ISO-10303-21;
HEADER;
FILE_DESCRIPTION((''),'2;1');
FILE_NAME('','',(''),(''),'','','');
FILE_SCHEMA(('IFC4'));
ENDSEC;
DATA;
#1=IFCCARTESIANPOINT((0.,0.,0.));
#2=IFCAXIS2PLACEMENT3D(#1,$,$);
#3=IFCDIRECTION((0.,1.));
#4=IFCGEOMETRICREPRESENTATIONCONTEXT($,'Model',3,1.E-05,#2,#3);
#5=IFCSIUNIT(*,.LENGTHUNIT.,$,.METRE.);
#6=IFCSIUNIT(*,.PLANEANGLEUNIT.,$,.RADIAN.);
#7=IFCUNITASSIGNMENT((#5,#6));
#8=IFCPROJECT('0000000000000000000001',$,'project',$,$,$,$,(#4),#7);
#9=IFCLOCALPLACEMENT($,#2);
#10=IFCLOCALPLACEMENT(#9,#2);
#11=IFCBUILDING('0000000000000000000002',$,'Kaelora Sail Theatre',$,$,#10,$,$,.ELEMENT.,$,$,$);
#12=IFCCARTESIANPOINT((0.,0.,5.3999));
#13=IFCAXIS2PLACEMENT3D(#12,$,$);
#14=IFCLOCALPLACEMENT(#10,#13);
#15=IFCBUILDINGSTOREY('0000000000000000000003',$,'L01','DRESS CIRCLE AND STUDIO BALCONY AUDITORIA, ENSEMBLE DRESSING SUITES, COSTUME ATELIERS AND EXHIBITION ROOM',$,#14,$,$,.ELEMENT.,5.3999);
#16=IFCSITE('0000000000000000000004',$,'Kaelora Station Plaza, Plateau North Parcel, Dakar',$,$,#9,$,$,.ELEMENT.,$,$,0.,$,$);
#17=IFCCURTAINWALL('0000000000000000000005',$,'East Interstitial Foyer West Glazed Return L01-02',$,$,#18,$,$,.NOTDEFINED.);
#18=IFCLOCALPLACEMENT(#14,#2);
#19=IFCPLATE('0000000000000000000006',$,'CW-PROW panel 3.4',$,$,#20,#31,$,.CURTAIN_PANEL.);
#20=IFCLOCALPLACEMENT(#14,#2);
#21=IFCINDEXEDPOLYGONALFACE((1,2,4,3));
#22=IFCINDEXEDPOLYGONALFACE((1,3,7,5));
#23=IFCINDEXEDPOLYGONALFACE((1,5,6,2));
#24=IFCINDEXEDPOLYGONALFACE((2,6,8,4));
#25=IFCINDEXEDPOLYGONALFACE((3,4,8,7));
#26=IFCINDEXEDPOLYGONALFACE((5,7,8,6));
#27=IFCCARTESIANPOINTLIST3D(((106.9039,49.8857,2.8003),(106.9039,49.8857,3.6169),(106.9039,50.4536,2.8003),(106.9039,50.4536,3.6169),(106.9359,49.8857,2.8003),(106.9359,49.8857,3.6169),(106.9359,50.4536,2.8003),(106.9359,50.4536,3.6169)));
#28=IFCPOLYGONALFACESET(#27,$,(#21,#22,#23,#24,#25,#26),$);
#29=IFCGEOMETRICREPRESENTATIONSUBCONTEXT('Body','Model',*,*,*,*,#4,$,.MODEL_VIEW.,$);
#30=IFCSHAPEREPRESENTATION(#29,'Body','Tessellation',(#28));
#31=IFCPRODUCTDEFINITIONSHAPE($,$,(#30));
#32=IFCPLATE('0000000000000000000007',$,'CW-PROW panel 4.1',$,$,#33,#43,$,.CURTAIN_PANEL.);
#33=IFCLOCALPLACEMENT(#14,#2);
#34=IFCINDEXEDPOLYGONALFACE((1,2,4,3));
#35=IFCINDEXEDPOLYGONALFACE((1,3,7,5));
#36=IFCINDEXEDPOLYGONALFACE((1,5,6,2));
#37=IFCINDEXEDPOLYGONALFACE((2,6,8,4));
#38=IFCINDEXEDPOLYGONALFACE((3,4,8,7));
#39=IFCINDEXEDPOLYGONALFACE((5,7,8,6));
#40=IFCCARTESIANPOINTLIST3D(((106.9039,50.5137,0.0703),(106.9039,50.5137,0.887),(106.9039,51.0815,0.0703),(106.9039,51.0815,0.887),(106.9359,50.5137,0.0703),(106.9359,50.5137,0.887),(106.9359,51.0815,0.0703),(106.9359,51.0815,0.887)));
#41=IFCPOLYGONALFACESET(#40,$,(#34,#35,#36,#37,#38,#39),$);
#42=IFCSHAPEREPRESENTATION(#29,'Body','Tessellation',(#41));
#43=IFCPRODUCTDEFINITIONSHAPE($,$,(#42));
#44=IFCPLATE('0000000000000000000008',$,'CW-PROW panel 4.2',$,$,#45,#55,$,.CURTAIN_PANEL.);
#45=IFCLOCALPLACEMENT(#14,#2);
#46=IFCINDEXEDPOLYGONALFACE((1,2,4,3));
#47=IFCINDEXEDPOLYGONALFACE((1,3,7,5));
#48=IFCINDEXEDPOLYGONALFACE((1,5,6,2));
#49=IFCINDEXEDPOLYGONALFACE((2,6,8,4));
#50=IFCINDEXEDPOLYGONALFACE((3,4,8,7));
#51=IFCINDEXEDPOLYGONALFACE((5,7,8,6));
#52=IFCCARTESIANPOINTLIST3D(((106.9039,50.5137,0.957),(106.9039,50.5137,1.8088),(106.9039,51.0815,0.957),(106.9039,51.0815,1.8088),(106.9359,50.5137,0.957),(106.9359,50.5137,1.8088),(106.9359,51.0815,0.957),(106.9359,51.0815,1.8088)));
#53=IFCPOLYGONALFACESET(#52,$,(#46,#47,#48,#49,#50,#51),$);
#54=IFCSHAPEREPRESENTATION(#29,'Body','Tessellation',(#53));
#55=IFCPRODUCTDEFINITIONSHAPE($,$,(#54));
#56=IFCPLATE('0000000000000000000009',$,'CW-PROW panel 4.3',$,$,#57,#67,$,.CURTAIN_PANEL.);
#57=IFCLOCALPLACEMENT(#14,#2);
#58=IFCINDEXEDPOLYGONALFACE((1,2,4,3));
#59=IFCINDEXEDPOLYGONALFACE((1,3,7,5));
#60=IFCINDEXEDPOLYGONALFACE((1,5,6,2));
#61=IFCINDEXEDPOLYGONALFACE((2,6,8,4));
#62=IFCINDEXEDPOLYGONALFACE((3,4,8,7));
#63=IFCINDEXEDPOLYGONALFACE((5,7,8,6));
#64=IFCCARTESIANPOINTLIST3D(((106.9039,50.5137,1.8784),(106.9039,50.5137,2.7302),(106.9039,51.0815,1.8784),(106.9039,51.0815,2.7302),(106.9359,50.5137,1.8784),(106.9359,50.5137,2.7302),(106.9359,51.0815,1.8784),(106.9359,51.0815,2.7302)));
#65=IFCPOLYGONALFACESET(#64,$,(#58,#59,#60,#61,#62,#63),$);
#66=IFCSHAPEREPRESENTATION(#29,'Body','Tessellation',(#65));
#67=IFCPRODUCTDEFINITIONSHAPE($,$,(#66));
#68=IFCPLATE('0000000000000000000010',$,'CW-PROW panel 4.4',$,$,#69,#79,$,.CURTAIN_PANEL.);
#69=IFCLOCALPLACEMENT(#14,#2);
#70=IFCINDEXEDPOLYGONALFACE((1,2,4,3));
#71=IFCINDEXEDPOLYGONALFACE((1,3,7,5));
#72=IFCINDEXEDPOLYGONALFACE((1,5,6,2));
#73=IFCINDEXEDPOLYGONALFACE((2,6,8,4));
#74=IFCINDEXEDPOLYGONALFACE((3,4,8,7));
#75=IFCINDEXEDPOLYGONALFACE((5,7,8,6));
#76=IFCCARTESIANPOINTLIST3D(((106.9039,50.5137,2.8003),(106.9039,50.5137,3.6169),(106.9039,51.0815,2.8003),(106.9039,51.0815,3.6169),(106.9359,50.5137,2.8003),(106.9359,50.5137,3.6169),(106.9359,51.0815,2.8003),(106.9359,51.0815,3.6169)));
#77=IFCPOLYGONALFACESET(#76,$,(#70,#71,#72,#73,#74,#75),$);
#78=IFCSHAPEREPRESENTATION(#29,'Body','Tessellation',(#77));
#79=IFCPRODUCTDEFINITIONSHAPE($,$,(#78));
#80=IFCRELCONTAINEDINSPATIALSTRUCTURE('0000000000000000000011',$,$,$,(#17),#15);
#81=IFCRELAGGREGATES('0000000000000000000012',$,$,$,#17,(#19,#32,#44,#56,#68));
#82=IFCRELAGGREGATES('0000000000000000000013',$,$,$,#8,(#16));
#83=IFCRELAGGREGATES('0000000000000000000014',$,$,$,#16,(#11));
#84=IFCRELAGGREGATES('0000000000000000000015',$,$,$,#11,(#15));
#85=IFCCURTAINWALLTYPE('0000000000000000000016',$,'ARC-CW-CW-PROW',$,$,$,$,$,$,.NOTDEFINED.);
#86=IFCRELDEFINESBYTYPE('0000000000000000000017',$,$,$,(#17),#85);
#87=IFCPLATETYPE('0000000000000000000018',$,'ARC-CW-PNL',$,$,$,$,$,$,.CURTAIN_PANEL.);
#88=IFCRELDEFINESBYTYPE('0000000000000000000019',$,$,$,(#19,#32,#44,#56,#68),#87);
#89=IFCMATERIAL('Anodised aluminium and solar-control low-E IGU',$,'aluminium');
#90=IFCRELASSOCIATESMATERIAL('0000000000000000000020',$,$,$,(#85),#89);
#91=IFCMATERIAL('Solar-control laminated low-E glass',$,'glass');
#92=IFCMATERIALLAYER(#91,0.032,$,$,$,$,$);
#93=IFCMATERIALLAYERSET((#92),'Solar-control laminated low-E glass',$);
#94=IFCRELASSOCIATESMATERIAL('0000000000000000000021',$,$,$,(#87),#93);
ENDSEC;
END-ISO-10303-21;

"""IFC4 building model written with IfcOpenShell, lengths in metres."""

from ifc_helpers import new_model, si_unit, direction, frame, origin, origin_2d, place, context, subcontext, project, spatial, rectangle, extrude, material, layer, layer_set, type_object, element, aggregate, save


model = new_model("IFC4")

# Units and contexts
model_context = context("Model", 3, precision=1e-05, world=origin(), true_north=direction((0.0, 1.0)))
body_context = subcontext(model_context, "Body", "Model", "MODEL_VIEW")
ifc_project = project(units=[si_unit("LENGTHUNIT", "METRE"), si_unit("PLANEANGLEUNIT", "RADIAN")], contexts=[model_context])

# Site, building, storey
site_placement = place(None, origin())
site = spatial("IfcSite", under=ifc_project, at=site_placement, Name="Kaelora Station Plaza, Plateau North Parcel, Dakar", CompositionType="ELEMENT", RefElevation=0.0)
building_placement = place(site_placement, origin())
building = spatial("IfcBuilding", under=site, at=building_placement, Name="Kaelora Sail Theatre", CompositionType="ELEMENT")
storey_placement = place(building_placement, frame((0.0, 0.0, 5.3999)))
storey = spatial("IfcBuildingStorey", under=building, at=storey_placement, Name="L01", Description="DRESS CIRCLE AND STUDIO BALCONY AUDITORIA, ENSEMBLE DRESSING SUITES, COSTUME ATELIERS AND EXHIBITION ROOM", CompositionType="ELEMENT", Elevation=5.3999)

# Curtain wall
ifc_material_1 = material(Name="Anodised aluminium and solar-control low-E IGU", Category="aluminium")
curtain_wall_type = type_object("IfcCurtainWallType", Name="ARC-CW-CW-PROW", PredefinedType="NOTDEFINED", material=ifc_material_1)
curtain_wall_placement = place(storey_placement, origin())
curtain_wall = element("IfcCurtainWall", 1, at=curtain_wall_placement, inside=storey, type_object=curtain_wall_type, Name="East Interstitial Foyer West Glazed Return L01-02", PredefinedType="NOTDEFINED")

# Plates
ifc_material_2 = material(Name="Solar-control laminated low-E glass", Category="glass")
ifc_layer = layer(ifc_material_2, 0.032)
ifc_layer_set = layer_set([ifc_layer], Name="Solar-control laminated low-E glass")
plate_type = type_object("IfcPlateType", Name="ARC-CW-PNL", PredefinedType="CURTAIN_PANEL", material=ifc_layer_set)
plate_1_placement = place(storey_placement, frame((106.9199, 50.1697, 2.8003), z_axis=(0.0, 0.0, 1.0), x_axis=(0.0, 1.0, 0.0)))
plate_1 = element("IfcPlate", 2, at=plate_1_placement, type_object=plate_type, Name="CW-PROW panel 3.4", PredefinedType="CURTAIN_PANEL", context=body_context, shape_type="SweptSolid", body=[
    extrude(rectangle(XDim=0.5679, YDim=0.032, at=origin_2d()), origin(), (0.0, 0.0, 1.0), 0.8167),
])
plate_2_placement = place(storey_placement, frame((106.9199, 50.7976, 0.0703), z_axis=(0.0, 0.0, 1.0), x_axis=(0.0, 1.0, 0.0)))
plate_2 = element("IfcPlate", 3, at=plate_2_placement, type_object=plate_type, Name="CW-PROW panel 4.1", PredefinedType="CURTAIN_PANEL", context=body_context, shape_type="SweptSolid", body=[
    extrude(rectangle(XDim=0.5679, YDim=0.032, at=origin_2d()), origin(), (0.0, 0.0, 1.0), 0.8167),
])
plate_3_placement = place(storey_placement, frame((106.9199, 50.7976, 0.957), z_axis=(0.0, 0.0, 1.0), x_axis=(0.0, 1.0, 0.0)))
plate_3 = element("IfcPlate", 4, at=plate_3_placement, type_object=plate_type, Name="CW-PROW panel 4.2", PredefinedType="CURTAIN_PANEL", context=body_context, shape_type="SweptSolid", body=[
    extrude(rectangle(XDim=0.5679, YDim=0.032, at=origin_2d()), origin(), (0.0, 0.0, 1.0), 0.8518),
])
plate_4_placement = place(storey_placement, frame((106.9199, 50.7976, 1.8784), z_axis=(0.0, 0.0, 1.0), x_axis=(0.0, 1.0, 0.0)))
plate_4 = element("IfcPlate", 5, at=plate_4_placement, type_object=plate_type, Name="CW-PROW panel 4.3", PredefinedType="CURTAIN_PANEL", context=body_context, shape_type="SweptSolid", body=[
    extrude(rectangle(XDim=0.5679, YDim=0.032, at=origin_2d()), origin(), (0.0, 0.0, 1.0), 0.8518),
])
plate_5_placement = place(storey_placement, frame((106.9199, 50.7976, 2.8003), z_axis=(0.0, 0.0, 1.0), x_axis=(0.0, 1.0, 0.0)))
plate_5 = element("IfcPlate", 6, at=plate_5_placement, type_object=plate_type, Name="CW-PROW panel 4.4", PredefinedType="CURTAIN_PANEL", context=body_context, shape_type="SweptSolid", body=[
    extrude(rectangle(XDim=0.5679, YDim=0.032, at=origin_2d()), origin(), (0.0, 0.0, 1.0), 0.8167),
])
aggregate(curtain_wall, [plate_1, plate_2, plate_3, plate_4, plate_5])

save(model, "model.ifc")
